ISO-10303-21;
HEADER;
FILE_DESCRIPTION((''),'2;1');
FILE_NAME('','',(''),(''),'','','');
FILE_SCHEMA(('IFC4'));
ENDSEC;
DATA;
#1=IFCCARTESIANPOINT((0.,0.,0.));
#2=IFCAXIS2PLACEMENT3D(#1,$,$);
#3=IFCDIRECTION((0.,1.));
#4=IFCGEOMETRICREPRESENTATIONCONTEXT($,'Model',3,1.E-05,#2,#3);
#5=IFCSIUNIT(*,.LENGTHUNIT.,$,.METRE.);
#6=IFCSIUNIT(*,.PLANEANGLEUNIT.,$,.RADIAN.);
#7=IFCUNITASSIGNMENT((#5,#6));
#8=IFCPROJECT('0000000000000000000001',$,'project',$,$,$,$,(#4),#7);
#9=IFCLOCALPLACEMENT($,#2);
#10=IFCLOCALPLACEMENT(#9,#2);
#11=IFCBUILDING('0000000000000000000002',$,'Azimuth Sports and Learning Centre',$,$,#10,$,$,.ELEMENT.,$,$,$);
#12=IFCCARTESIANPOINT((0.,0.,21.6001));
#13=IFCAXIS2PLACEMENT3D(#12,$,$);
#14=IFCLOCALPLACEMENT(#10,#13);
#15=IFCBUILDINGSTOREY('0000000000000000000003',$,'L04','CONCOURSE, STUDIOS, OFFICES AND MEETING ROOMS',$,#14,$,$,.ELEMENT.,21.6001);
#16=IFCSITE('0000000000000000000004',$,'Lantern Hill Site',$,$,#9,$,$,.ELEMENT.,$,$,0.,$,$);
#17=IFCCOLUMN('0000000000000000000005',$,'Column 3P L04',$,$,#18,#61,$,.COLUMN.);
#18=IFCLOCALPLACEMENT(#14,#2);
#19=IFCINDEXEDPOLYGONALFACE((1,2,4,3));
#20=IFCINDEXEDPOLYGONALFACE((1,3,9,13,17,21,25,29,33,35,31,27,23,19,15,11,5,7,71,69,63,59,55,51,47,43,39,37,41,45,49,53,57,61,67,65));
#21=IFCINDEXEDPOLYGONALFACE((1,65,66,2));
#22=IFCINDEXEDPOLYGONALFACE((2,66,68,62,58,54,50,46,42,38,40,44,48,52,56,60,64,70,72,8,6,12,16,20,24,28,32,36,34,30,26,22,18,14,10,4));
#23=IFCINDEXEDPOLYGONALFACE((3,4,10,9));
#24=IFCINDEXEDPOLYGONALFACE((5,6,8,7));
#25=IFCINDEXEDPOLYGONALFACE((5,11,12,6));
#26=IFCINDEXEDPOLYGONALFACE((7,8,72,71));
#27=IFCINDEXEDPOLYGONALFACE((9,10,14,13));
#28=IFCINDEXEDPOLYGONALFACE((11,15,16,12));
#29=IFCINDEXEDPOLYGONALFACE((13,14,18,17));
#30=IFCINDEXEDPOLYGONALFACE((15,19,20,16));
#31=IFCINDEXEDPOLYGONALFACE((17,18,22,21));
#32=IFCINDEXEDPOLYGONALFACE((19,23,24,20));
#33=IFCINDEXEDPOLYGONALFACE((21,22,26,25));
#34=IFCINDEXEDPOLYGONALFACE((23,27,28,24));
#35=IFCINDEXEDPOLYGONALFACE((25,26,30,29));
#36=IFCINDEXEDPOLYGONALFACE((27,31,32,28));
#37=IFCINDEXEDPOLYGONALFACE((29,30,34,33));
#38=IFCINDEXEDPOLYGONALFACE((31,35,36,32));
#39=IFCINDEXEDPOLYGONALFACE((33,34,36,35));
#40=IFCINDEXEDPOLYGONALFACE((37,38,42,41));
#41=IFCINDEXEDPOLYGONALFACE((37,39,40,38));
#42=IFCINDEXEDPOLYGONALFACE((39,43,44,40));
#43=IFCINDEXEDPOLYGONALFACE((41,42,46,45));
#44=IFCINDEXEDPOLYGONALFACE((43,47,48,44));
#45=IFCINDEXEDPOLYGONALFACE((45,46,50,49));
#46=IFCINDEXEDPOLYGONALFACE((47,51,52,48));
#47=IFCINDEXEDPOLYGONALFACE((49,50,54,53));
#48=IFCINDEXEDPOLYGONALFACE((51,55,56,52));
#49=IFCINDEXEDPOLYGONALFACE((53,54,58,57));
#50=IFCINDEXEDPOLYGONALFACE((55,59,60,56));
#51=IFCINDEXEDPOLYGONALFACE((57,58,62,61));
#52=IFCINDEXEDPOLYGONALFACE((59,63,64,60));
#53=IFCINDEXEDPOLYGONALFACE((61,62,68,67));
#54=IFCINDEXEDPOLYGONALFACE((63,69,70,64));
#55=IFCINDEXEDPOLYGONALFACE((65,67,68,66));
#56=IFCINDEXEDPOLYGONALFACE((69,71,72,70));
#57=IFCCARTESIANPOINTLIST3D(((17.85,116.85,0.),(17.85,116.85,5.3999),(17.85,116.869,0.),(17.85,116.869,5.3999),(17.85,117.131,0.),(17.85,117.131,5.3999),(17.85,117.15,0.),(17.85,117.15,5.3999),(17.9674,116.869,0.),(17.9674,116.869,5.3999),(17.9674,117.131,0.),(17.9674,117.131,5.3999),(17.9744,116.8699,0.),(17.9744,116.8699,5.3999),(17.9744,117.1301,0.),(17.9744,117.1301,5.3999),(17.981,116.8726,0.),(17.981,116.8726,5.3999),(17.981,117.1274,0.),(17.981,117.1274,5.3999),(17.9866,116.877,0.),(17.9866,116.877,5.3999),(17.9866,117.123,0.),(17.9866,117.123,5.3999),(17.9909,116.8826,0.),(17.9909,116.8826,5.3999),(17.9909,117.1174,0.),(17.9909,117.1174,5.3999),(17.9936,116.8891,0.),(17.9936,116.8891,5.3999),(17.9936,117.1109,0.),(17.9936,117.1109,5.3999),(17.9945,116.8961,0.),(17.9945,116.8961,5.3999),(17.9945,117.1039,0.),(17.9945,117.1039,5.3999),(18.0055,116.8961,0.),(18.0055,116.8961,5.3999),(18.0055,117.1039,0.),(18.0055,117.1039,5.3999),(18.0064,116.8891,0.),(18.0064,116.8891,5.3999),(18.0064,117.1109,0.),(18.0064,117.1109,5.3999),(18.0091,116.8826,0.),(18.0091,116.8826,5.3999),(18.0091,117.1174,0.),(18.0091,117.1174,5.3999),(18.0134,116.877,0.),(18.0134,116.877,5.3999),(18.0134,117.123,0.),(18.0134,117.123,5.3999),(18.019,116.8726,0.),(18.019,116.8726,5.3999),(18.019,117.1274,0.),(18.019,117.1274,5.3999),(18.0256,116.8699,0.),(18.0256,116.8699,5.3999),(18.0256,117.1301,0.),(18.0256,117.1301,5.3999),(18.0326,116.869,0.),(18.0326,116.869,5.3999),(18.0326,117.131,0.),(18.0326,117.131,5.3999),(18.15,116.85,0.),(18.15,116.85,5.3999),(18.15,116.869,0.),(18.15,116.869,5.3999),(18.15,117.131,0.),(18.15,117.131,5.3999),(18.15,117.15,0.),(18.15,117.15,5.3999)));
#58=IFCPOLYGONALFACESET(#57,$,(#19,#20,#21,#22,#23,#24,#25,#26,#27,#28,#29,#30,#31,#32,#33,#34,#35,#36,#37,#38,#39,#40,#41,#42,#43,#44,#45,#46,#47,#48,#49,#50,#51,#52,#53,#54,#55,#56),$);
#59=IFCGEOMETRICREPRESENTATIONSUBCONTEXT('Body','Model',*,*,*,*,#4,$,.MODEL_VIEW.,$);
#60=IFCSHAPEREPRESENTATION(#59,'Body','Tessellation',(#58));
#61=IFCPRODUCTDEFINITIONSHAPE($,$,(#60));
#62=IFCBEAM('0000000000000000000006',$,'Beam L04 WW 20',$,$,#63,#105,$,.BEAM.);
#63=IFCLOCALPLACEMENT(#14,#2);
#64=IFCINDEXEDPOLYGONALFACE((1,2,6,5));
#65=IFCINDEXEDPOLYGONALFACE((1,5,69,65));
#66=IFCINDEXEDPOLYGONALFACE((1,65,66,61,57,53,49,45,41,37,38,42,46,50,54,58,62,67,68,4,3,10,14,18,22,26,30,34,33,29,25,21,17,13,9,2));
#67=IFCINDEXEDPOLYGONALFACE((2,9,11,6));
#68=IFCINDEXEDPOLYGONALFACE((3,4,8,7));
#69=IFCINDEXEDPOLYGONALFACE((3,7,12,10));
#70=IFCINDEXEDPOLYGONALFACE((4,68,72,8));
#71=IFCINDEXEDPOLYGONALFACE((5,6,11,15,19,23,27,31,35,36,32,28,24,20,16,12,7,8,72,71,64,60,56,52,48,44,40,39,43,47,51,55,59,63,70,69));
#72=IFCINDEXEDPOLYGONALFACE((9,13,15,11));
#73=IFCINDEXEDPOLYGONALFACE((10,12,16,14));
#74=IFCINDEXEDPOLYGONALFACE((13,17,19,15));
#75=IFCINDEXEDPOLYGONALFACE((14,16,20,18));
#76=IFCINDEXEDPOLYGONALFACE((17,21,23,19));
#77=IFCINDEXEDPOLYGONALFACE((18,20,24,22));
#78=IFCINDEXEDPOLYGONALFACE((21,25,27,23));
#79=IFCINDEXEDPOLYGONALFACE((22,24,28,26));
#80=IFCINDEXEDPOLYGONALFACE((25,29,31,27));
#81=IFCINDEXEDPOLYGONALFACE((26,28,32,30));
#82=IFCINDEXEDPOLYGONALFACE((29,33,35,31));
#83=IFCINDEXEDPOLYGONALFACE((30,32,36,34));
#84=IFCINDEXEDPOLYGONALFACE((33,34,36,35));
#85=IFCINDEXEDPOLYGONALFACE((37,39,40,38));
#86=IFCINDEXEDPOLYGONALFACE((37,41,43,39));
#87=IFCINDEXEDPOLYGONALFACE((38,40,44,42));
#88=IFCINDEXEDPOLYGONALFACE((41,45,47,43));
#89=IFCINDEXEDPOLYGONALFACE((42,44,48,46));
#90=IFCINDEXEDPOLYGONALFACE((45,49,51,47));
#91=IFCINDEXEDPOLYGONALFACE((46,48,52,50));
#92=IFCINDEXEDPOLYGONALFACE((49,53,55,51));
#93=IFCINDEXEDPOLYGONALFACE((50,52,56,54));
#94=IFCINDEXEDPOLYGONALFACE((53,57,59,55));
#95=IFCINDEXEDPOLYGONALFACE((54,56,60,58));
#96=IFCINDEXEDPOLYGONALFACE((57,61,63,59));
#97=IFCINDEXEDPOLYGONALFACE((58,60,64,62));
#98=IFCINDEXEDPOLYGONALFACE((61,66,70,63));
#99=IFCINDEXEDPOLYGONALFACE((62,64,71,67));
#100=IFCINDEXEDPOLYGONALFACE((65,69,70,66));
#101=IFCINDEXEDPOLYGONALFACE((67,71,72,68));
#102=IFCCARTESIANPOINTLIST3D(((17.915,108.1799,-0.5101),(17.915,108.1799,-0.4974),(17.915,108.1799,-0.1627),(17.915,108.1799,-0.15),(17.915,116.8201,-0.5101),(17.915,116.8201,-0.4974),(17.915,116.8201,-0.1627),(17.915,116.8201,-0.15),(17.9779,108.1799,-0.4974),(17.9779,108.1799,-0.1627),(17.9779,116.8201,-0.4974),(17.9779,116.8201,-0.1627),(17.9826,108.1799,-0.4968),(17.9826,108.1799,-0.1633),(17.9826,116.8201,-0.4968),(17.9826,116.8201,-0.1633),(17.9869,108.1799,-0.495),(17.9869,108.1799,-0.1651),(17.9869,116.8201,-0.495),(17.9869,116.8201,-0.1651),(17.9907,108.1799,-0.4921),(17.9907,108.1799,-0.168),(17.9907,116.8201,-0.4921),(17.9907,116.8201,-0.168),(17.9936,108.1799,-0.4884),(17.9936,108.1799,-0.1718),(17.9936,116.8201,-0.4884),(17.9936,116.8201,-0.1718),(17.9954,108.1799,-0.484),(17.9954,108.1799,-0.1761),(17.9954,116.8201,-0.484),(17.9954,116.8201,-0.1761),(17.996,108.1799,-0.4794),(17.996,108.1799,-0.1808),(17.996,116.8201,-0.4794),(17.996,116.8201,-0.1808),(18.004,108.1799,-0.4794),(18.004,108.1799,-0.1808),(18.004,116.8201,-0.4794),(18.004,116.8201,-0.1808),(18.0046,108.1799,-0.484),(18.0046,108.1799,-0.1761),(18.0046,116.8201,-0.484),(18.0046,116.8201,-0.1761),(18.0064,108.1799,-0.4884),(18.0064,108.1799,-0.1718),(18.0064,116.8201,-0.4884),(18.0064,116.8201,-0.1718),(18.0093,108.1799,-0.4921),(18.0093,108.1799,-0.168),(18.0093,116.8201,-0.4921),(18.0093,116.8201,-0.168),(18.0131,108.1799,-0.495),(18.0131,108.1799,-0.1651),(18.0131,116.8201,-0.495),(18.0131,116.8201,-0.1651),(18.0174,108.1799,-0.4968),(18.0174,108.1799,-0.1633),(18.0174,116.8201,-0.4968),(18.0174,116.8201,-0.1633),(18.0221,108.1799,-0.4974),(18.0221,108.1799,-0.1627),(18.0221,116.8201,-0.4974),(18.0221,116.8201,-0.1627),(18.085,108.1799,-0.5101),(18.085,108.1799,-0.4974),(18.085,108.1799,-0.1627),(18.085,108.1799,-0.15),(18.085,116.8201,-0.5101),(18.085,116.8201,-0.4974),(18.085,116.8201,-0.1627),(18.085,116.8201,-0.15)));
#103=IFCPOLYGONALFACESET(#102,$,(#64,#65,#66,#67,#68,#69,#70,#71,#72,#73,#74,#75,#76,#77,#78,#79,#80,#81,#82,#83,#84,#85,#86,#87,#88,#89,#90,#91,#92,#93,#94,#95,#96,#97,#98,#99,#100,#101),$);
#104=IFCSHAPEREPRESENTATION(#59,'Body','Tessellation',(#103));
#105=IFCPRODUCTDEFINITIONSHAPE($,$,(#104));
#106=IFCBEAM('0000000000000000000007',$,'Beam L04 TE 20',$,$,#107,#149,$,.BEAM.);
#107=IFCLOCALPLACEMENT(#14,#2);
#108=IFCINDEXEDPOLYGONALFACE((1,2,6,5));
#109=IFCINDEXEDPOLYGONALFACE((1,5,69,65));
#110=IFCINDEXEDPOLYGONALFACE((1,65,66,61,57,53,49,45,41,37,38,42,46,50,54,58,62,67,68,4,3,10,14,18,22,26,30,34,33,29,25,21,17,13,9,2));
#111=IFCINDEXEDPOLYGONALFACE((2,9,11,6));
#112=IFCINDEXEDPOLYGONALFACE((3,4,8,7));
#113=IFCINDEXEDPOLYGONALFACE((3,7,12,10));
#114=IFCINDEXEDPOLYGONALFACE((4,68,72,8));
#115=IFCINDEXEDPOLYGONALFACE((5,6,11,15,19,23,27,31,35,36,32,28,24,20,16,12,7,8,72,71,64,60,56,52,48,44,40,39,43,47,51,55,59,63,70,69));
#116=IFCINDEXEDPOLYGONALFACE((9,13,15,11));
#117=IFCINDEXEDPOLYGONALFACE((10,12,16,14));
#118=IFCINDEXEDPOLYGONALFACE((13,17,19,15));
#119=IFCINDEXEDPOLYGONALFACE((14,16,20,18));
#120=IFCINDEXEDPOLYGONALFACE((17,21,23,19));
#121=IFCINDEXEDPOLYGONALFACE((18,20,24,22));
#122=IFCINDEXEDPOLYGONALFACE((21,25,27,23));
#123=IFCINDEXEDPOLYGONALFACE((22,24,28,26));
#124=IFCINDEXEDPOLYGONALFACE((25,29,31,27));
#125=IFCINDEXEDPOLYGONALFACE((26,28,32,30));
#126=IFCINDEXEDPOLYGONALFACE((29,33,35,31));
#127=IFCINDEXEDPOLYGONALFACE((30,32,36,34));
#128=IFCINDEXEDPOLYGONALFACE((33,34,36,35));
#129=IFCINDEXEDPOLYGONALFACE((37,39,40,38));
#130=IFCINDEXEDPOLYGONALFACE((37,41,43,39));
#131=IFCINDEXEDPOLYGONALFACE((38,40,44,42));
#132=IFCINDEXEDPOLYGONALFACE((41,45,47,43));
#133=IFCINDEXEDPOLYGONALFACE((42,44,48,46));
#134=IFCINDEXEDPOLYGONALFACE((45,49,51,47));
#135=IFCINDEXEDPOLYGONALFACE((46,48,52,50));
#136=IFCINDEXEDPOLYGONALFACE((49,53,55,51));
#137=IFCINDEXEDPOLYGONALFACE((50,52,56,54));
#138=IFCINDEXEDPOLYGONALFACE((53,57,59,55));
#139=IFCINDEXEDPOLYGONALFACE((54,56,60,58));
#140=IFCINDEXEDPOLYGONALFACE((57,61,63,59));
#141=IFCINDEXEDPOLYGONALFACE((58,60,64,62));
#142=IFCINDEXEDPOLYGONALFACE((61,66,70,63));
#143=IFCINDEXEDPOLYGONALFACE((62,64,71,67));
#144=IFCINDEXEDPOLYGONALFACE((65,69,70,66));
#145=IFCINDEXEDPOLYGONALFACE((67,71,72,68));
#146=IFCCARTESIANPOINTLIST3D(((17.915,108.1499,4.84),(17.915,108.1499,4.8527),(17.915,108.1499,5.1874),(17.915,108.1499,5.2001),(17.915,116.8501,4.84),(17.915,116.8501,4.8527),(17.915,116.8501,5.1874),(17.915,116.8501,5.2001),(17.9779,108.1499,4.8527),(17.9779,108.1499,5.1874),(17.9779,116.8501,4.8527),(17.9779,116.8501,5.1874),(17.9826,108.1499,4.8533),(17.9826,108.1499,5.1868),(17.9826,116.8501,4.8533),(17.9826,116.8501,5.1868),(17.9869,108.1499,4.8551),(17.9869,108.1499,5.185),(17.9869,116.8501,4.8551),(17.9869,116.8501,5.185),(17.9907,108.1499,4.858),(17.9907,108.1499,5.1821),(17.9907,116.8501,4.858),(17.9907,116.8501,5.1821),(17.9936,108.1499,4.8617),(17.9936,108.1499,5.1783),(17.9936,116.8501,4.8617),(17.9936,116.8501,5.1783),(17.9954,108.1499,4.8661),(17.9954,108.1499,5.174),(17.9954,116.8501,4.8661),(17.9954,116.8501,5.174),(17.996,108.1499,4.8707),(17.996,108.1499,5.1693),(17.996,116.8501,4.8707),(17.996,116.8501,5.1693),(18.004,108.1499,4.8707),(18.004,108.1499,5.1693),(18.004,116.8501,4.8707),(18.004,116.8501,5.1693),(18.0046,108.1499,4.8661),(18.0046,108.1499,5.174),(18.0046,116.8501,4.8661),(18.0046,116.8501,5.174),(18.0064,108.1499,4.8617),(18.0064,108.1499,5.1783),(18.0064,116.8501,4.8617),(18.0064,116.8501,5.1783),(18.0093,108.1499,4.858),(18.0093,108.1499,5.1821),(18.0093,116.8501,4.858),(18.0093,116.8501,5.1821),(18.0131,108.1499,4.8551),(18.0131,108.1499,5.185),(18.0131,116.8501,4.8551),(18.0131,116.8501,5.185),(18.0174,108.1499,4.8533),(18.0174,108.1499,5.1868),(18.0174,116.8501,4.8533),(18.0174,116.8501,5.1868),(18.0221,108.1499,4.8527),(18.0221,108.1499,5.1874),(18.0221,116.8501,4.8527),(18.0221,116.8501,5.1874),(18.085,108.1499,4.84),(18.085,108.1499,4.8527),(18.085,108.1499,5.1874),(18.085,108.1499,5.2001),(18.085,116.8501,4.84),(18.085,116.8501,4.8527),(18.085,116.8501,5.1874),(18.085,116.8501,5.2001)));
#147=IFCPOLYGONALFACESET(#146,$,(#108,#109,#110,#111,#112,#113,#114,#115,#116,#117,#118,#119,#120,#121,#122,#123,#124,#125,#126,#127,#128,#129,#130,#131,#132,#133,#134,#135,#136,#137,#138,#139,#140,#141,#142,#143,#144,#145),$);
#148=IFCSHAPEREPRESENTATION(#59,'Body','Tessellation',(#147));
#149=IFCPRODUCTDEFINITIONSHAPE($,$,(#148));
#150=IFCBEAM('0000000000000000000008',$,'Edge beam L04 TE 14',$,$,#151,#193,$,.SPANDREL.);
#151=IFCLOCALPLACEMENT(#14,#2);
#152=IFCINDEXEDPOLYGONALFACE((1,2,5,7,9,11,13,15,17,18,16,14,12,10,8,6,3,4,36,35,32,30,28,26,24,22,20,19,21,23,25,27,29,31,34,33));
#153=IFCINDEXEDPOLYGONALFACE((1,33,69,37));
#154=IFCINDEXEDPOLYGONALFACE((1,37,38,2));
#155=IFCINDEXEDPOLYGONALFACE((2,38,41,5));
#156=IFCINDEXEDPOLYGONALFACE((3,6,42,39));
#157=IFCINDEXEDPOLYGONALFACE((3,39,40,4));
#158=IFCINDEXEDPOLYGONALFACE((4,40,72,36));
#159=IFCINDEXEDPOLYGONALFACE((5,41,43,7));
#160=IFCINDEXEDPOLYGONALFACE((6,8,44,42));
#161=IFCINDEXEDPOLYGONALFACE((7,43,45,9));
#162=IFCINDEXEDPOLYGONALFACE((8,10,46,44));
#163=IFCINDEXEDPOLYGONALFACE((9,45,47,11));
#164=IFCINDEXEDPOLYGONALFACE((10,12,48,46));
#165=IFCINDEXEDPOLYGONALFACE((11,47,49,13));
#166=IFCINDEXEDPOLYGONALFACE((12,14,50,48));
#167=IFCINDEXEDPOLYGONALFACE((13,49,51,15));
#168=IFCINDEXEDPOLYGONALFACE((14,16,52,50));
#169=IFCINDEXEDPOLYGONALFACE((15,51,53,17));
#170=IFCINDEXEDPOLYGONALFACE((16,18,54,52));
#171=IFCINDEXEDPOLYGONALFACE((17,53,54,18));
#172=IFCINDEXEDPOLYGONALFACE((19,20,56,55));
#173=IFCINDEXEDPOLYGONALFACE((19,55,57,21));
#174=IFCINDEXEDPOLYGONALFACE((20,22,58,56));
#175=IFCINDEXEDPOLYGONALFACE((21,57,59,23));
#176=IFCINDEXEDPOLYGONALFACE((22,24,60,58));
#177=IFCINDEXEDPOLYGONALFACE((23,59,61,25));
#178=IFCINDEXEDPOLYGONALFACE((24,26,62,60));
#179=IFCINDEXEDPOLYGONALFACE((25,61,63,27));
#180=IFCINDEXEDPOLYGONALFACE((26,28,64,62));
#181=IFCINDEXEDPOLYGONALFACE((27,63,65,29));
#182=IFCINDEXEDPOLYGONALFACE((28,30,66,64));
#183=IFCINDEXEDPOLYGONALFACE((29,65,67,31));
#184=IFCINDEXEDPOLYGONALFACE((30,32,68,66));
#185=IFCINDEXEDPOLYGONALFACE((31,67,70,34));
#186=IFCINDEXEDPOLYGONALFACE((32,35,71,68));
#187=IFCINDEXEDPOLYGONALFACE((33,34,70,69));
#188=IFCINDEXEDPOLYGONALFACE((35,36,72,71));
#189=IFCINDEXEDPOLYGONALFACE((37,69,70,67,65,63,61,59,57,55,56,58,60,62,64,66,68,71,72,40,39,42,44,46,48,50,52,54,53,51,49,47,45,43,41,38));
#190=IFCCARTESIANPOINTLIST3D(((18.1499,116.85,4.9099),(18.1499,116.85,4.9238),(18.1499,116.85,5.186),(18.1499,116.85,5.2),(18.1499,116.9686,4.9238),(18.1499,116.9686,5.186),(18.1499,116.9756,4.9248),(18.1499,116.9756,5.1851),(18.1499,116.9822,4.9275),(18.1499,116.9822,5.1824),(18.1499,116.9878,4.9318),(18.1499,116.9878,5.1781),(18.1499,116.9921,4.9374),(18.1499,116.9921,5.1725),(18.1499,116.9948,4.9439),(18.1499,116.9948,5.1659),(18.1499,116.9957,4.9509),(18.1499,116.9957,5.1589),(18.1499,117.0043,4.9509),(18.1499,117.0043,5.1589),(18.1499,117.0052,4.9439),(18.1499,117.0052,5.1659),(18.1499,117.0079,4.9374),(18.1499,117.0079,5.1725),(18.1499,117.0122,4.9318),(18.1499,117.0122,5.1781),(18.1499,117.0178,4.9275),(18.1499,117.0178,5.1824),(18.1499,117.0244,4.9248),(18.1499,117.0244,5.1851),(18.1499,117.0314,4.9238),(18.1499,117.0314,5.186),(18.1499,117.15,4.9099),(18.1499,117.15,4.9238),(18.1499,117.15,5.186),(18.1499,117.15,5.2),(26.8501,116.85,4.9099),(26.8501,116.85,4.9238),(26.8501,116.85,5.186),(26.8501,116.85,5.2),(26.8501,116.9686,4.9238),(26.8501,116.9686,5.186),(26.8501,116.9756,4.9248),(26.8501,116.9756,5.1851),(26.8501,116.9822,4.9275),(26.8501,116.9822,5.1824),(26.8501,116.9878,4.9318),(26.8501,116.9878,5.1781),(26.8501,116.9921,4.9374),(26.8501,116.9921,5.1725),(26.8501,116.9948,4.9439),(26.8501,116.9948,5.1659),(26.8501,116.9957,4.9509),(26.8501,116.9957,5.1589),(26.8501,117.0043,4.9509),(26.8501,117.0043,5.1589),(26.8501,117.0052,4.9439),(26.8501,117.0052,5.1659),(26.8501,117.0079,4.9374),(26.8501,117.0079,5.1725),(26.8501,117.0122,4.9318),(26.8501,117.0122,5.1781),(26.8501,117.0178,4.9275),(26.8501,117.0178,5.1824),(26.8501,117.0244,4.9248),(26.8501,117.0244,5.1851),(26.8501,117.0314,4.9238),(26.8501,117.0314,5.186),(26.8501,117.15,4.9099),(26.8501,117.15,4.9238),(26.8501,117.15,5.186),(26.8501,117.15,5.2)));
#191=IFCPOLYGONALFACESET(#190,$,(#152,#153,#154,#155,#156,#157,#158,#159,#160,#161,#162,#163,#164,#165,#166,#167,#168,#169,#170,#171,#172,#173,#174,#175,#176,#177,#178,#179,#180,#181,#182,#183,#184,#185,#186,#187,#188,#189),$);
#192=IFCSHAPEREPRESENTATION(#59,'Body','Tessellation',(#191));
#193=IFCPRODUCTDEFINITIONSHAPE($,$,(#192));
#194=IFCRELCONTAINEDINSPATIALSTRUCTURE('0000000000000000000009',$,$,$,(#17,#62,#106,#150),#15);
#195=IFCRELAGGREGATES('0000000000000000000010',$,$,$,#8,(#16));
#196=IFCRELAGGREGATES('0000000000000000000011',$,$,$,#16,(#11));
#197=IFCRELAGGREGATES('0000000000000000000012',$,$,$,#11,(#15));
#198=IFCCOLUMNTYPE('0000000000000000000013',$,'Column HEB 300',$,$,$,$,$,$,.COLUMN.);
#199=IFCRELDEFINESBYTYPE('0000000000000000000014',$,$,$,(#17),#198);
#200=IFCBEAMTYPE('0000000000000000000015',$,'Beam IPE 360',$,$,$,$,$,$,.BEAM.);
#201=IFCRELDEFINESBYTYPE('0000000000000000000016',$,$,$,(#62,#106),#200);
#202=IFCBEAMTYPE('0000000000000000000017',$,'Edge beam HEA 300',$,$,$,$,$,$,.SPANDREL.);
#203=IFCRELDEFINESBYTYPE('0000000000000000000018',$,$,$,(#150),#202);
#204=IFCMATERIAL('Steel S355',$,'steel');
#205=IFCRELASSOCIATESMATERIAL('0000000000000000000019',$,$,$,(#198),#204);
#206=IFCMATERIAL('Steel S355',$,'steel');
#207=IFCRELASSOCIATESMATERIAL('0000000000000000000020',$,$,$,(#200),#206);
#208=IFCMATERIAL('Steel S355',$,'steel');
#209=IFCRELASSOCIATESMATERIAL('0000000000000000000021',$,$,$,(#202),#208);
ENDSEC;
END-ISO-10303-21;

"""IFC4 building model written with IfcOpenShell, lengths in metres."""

from ifc_helpers import new_model, si_unit, direction, frame, origin, origin_2d, place, context, subcontext, project, spatial, i_section, extrude, material, material_profile, profile_set, type_object, element, save


model = new_model("IFC4")

# Units and contexts
model_context = context("Model", 3, precision=1e-05, world=origin(), true_north=direction((0.0, 1.0)))
body_context = subcontext(model_context, "Body", "Model", "MODEL_VIEW")
ifc_project = project(units=[si_unit("LENGTHUNIT", "METRE"), si_unit("PLANEANGLEUNIT", "RADIAN")], contexts=[model_context])

# Site, building, storey
site_placement = place(None, origin())
site = spatial("IfcSite", under=ifc_project, at=site_placement, Name="Lantern Hill Site", CompositionType="ELEMENT", RefElevation=0.0)
building_placement = place(site_placement, origin())
building = spatial("IfcBuilding", under=site, at=building_placement, Name="Azimuth Sports and Learning Centre", CompositionType="ELEMENT")
storey_placement = place(building_placement, frame((0.0, 0.0, 21.6001)))
storey = spatial("IfcBuildingStorey", under=building, at=storey_placement, Name="L04", Description="CONCOURSE, STUDIOS, OFFICES AND MEETING ROOMS", CompositionType="ELEMENT", Elevation=21.6001)

# Column
ifc_material_1 = material(Name="Steel S355", Category="steel")
ifc_material_profile_1 = material_profile(ifc_material_1, i_section(OverallWidth=0.3, OverallDepth=0.3, WebThickness=0.011, FlangeThickness=0.019, FilletRadius=0.0271, at=origin_2d()), Name="HEB 300")
ifc_profile_set_1 = profile_set([ifc_material_profile_1], Name="Steel S355")
column_type = type_object("IfcColumnType", Name="Column HEB 300", PredefinedType="COLUMN", material=ifc_profile_set_1)
column_placement = place(storey_placement, frame((18.0, 117.0, 0.0), z_axis=(0.0, 0.0, 1.0), x_axis=(1.0, 0.0, 0.0)))
element("IfcColumn", 1, at=column_placement, inside=storey, type_object=column_type, Name="Column 3P L04", PredefinedType="COLUMN", context=body_context, shape_type="SweptSolid", body=[
    extrude(i_section(OverallWidth=0.3, OverallDepth=0.3, WebThickness=0.011, FlangeThickness=0.019, FilletRadius=0.0271, at=origin_2d()), origin(), (0.0, 0.0, 1.0), 5.3999),
])

# Beams
ifc_material_2 = material(Name="Steel S355", Category="steel")
ifc_material_profile_2 = material_profile(ifc_material_2, i_section(OverallWidth=0.1699, OverallDepth=0.3601, WebThickness=0.0081, FlangeThickness=0.0127, FilletRadius=0.0181, at=origin_2d()), Name="IPE 360")
ifc_profile_set_2 = profile_set([ifc_material_profile_2], Name="Steel S355")
beam_type_1 = type_object("IfcBeamType", Name="Beam IPE 360", PredefinedType="BEAM", material=ifc_profile_set_2)
beam_1_placement = place(storey_placement, frame((18.0, 108.1799, -0.3301), z_axis=(0.0, 1.0, 0.0), x_axis=(-1.0, 0.0, 0.0)))
element("IfcBeam", 2, at=beam_1_placement, inside=storey, type_object=beam_type_1, Name="Beam L04 WW 20", PredefinedType="BEAM", context=body_context, shape_type="SweptSolid", body=[
    extrude(i_section(OverallWidth=0.1699, OverallDepth=0.3601, WebThickness=0.0081, FlangeThickness=0.0127, FilletRadius=0.0181, at=origin_2d()), origin(), (0.0, 0.0, 1.0), 8.6401),
])
beam_2_placement = place(storey_placement, frame((18.0, 108.1499, 5.02), z_axis=(0.0, 1.0, 0.0), x_axis=(-1.0, 0.0, 0.0)))
element("IfcBeam", 3, at=beam_2_placement, inside=storey, type_object=beam_type_1, Name="Beam L04 TE 20", PredefinedType="BEAM", context=body_context, shape_type="SweptSolid", body=[
    extrude(i_section(OverallWidth=0.1699, OverallDepth=0.3601, WebThickness=0.0081, FlangeThickness=0.0127, FilletRadius=0.0181, at=origin_2d()), origin(), (0.0, 0.0, 1.0), 8.7002),
])
ifc_material_3 = material(Name="Steel S355", Category="steel")
ifc_material_profile_3 = material_profile(ifc_material_3, i_section(OverallWidth=0.3, OverallDepth=0.29, WebThickness=0.0085, FlangeThickness=0.0139, FilletRadius=0.0271, at=origin_2d()), Name="HEA 300")
ifc_profile_set_3 = profile_set([ifc_material_profile_3], Name="Steel S355")
beam_type_2 = type_object("IfcBeamType", Name="Edge beam HEA 300", PredefinedType="SPANDREL", material=ifc_profile_set_3)
beam_3_placement = place(storey_placement, frame((18.1499, 117.0, 5.0549), z_axis=(1.0, 0.0, 0.0), x_axis=(0.0, 1.0, 0.0)))
element("IfcBeam", 4, at=beam_3_placement, inside=storey, type_object=beam_type_2, Name="Edge beam L04 TE 14", PredefinedType="SPANDREL", context=body_context, shape_type="SweptSolid", body=[
    extrude(i_section(OverallWidth=0.3, OverallDepth=0.29, WebThickness=0.0085, FlangeThickness=0.0139, FilletRadius=0.0271, at=origin_2d()), origin(), (0.0, 0.0, 1.0), 8.7002),
])

save(model, "model.ifc")
